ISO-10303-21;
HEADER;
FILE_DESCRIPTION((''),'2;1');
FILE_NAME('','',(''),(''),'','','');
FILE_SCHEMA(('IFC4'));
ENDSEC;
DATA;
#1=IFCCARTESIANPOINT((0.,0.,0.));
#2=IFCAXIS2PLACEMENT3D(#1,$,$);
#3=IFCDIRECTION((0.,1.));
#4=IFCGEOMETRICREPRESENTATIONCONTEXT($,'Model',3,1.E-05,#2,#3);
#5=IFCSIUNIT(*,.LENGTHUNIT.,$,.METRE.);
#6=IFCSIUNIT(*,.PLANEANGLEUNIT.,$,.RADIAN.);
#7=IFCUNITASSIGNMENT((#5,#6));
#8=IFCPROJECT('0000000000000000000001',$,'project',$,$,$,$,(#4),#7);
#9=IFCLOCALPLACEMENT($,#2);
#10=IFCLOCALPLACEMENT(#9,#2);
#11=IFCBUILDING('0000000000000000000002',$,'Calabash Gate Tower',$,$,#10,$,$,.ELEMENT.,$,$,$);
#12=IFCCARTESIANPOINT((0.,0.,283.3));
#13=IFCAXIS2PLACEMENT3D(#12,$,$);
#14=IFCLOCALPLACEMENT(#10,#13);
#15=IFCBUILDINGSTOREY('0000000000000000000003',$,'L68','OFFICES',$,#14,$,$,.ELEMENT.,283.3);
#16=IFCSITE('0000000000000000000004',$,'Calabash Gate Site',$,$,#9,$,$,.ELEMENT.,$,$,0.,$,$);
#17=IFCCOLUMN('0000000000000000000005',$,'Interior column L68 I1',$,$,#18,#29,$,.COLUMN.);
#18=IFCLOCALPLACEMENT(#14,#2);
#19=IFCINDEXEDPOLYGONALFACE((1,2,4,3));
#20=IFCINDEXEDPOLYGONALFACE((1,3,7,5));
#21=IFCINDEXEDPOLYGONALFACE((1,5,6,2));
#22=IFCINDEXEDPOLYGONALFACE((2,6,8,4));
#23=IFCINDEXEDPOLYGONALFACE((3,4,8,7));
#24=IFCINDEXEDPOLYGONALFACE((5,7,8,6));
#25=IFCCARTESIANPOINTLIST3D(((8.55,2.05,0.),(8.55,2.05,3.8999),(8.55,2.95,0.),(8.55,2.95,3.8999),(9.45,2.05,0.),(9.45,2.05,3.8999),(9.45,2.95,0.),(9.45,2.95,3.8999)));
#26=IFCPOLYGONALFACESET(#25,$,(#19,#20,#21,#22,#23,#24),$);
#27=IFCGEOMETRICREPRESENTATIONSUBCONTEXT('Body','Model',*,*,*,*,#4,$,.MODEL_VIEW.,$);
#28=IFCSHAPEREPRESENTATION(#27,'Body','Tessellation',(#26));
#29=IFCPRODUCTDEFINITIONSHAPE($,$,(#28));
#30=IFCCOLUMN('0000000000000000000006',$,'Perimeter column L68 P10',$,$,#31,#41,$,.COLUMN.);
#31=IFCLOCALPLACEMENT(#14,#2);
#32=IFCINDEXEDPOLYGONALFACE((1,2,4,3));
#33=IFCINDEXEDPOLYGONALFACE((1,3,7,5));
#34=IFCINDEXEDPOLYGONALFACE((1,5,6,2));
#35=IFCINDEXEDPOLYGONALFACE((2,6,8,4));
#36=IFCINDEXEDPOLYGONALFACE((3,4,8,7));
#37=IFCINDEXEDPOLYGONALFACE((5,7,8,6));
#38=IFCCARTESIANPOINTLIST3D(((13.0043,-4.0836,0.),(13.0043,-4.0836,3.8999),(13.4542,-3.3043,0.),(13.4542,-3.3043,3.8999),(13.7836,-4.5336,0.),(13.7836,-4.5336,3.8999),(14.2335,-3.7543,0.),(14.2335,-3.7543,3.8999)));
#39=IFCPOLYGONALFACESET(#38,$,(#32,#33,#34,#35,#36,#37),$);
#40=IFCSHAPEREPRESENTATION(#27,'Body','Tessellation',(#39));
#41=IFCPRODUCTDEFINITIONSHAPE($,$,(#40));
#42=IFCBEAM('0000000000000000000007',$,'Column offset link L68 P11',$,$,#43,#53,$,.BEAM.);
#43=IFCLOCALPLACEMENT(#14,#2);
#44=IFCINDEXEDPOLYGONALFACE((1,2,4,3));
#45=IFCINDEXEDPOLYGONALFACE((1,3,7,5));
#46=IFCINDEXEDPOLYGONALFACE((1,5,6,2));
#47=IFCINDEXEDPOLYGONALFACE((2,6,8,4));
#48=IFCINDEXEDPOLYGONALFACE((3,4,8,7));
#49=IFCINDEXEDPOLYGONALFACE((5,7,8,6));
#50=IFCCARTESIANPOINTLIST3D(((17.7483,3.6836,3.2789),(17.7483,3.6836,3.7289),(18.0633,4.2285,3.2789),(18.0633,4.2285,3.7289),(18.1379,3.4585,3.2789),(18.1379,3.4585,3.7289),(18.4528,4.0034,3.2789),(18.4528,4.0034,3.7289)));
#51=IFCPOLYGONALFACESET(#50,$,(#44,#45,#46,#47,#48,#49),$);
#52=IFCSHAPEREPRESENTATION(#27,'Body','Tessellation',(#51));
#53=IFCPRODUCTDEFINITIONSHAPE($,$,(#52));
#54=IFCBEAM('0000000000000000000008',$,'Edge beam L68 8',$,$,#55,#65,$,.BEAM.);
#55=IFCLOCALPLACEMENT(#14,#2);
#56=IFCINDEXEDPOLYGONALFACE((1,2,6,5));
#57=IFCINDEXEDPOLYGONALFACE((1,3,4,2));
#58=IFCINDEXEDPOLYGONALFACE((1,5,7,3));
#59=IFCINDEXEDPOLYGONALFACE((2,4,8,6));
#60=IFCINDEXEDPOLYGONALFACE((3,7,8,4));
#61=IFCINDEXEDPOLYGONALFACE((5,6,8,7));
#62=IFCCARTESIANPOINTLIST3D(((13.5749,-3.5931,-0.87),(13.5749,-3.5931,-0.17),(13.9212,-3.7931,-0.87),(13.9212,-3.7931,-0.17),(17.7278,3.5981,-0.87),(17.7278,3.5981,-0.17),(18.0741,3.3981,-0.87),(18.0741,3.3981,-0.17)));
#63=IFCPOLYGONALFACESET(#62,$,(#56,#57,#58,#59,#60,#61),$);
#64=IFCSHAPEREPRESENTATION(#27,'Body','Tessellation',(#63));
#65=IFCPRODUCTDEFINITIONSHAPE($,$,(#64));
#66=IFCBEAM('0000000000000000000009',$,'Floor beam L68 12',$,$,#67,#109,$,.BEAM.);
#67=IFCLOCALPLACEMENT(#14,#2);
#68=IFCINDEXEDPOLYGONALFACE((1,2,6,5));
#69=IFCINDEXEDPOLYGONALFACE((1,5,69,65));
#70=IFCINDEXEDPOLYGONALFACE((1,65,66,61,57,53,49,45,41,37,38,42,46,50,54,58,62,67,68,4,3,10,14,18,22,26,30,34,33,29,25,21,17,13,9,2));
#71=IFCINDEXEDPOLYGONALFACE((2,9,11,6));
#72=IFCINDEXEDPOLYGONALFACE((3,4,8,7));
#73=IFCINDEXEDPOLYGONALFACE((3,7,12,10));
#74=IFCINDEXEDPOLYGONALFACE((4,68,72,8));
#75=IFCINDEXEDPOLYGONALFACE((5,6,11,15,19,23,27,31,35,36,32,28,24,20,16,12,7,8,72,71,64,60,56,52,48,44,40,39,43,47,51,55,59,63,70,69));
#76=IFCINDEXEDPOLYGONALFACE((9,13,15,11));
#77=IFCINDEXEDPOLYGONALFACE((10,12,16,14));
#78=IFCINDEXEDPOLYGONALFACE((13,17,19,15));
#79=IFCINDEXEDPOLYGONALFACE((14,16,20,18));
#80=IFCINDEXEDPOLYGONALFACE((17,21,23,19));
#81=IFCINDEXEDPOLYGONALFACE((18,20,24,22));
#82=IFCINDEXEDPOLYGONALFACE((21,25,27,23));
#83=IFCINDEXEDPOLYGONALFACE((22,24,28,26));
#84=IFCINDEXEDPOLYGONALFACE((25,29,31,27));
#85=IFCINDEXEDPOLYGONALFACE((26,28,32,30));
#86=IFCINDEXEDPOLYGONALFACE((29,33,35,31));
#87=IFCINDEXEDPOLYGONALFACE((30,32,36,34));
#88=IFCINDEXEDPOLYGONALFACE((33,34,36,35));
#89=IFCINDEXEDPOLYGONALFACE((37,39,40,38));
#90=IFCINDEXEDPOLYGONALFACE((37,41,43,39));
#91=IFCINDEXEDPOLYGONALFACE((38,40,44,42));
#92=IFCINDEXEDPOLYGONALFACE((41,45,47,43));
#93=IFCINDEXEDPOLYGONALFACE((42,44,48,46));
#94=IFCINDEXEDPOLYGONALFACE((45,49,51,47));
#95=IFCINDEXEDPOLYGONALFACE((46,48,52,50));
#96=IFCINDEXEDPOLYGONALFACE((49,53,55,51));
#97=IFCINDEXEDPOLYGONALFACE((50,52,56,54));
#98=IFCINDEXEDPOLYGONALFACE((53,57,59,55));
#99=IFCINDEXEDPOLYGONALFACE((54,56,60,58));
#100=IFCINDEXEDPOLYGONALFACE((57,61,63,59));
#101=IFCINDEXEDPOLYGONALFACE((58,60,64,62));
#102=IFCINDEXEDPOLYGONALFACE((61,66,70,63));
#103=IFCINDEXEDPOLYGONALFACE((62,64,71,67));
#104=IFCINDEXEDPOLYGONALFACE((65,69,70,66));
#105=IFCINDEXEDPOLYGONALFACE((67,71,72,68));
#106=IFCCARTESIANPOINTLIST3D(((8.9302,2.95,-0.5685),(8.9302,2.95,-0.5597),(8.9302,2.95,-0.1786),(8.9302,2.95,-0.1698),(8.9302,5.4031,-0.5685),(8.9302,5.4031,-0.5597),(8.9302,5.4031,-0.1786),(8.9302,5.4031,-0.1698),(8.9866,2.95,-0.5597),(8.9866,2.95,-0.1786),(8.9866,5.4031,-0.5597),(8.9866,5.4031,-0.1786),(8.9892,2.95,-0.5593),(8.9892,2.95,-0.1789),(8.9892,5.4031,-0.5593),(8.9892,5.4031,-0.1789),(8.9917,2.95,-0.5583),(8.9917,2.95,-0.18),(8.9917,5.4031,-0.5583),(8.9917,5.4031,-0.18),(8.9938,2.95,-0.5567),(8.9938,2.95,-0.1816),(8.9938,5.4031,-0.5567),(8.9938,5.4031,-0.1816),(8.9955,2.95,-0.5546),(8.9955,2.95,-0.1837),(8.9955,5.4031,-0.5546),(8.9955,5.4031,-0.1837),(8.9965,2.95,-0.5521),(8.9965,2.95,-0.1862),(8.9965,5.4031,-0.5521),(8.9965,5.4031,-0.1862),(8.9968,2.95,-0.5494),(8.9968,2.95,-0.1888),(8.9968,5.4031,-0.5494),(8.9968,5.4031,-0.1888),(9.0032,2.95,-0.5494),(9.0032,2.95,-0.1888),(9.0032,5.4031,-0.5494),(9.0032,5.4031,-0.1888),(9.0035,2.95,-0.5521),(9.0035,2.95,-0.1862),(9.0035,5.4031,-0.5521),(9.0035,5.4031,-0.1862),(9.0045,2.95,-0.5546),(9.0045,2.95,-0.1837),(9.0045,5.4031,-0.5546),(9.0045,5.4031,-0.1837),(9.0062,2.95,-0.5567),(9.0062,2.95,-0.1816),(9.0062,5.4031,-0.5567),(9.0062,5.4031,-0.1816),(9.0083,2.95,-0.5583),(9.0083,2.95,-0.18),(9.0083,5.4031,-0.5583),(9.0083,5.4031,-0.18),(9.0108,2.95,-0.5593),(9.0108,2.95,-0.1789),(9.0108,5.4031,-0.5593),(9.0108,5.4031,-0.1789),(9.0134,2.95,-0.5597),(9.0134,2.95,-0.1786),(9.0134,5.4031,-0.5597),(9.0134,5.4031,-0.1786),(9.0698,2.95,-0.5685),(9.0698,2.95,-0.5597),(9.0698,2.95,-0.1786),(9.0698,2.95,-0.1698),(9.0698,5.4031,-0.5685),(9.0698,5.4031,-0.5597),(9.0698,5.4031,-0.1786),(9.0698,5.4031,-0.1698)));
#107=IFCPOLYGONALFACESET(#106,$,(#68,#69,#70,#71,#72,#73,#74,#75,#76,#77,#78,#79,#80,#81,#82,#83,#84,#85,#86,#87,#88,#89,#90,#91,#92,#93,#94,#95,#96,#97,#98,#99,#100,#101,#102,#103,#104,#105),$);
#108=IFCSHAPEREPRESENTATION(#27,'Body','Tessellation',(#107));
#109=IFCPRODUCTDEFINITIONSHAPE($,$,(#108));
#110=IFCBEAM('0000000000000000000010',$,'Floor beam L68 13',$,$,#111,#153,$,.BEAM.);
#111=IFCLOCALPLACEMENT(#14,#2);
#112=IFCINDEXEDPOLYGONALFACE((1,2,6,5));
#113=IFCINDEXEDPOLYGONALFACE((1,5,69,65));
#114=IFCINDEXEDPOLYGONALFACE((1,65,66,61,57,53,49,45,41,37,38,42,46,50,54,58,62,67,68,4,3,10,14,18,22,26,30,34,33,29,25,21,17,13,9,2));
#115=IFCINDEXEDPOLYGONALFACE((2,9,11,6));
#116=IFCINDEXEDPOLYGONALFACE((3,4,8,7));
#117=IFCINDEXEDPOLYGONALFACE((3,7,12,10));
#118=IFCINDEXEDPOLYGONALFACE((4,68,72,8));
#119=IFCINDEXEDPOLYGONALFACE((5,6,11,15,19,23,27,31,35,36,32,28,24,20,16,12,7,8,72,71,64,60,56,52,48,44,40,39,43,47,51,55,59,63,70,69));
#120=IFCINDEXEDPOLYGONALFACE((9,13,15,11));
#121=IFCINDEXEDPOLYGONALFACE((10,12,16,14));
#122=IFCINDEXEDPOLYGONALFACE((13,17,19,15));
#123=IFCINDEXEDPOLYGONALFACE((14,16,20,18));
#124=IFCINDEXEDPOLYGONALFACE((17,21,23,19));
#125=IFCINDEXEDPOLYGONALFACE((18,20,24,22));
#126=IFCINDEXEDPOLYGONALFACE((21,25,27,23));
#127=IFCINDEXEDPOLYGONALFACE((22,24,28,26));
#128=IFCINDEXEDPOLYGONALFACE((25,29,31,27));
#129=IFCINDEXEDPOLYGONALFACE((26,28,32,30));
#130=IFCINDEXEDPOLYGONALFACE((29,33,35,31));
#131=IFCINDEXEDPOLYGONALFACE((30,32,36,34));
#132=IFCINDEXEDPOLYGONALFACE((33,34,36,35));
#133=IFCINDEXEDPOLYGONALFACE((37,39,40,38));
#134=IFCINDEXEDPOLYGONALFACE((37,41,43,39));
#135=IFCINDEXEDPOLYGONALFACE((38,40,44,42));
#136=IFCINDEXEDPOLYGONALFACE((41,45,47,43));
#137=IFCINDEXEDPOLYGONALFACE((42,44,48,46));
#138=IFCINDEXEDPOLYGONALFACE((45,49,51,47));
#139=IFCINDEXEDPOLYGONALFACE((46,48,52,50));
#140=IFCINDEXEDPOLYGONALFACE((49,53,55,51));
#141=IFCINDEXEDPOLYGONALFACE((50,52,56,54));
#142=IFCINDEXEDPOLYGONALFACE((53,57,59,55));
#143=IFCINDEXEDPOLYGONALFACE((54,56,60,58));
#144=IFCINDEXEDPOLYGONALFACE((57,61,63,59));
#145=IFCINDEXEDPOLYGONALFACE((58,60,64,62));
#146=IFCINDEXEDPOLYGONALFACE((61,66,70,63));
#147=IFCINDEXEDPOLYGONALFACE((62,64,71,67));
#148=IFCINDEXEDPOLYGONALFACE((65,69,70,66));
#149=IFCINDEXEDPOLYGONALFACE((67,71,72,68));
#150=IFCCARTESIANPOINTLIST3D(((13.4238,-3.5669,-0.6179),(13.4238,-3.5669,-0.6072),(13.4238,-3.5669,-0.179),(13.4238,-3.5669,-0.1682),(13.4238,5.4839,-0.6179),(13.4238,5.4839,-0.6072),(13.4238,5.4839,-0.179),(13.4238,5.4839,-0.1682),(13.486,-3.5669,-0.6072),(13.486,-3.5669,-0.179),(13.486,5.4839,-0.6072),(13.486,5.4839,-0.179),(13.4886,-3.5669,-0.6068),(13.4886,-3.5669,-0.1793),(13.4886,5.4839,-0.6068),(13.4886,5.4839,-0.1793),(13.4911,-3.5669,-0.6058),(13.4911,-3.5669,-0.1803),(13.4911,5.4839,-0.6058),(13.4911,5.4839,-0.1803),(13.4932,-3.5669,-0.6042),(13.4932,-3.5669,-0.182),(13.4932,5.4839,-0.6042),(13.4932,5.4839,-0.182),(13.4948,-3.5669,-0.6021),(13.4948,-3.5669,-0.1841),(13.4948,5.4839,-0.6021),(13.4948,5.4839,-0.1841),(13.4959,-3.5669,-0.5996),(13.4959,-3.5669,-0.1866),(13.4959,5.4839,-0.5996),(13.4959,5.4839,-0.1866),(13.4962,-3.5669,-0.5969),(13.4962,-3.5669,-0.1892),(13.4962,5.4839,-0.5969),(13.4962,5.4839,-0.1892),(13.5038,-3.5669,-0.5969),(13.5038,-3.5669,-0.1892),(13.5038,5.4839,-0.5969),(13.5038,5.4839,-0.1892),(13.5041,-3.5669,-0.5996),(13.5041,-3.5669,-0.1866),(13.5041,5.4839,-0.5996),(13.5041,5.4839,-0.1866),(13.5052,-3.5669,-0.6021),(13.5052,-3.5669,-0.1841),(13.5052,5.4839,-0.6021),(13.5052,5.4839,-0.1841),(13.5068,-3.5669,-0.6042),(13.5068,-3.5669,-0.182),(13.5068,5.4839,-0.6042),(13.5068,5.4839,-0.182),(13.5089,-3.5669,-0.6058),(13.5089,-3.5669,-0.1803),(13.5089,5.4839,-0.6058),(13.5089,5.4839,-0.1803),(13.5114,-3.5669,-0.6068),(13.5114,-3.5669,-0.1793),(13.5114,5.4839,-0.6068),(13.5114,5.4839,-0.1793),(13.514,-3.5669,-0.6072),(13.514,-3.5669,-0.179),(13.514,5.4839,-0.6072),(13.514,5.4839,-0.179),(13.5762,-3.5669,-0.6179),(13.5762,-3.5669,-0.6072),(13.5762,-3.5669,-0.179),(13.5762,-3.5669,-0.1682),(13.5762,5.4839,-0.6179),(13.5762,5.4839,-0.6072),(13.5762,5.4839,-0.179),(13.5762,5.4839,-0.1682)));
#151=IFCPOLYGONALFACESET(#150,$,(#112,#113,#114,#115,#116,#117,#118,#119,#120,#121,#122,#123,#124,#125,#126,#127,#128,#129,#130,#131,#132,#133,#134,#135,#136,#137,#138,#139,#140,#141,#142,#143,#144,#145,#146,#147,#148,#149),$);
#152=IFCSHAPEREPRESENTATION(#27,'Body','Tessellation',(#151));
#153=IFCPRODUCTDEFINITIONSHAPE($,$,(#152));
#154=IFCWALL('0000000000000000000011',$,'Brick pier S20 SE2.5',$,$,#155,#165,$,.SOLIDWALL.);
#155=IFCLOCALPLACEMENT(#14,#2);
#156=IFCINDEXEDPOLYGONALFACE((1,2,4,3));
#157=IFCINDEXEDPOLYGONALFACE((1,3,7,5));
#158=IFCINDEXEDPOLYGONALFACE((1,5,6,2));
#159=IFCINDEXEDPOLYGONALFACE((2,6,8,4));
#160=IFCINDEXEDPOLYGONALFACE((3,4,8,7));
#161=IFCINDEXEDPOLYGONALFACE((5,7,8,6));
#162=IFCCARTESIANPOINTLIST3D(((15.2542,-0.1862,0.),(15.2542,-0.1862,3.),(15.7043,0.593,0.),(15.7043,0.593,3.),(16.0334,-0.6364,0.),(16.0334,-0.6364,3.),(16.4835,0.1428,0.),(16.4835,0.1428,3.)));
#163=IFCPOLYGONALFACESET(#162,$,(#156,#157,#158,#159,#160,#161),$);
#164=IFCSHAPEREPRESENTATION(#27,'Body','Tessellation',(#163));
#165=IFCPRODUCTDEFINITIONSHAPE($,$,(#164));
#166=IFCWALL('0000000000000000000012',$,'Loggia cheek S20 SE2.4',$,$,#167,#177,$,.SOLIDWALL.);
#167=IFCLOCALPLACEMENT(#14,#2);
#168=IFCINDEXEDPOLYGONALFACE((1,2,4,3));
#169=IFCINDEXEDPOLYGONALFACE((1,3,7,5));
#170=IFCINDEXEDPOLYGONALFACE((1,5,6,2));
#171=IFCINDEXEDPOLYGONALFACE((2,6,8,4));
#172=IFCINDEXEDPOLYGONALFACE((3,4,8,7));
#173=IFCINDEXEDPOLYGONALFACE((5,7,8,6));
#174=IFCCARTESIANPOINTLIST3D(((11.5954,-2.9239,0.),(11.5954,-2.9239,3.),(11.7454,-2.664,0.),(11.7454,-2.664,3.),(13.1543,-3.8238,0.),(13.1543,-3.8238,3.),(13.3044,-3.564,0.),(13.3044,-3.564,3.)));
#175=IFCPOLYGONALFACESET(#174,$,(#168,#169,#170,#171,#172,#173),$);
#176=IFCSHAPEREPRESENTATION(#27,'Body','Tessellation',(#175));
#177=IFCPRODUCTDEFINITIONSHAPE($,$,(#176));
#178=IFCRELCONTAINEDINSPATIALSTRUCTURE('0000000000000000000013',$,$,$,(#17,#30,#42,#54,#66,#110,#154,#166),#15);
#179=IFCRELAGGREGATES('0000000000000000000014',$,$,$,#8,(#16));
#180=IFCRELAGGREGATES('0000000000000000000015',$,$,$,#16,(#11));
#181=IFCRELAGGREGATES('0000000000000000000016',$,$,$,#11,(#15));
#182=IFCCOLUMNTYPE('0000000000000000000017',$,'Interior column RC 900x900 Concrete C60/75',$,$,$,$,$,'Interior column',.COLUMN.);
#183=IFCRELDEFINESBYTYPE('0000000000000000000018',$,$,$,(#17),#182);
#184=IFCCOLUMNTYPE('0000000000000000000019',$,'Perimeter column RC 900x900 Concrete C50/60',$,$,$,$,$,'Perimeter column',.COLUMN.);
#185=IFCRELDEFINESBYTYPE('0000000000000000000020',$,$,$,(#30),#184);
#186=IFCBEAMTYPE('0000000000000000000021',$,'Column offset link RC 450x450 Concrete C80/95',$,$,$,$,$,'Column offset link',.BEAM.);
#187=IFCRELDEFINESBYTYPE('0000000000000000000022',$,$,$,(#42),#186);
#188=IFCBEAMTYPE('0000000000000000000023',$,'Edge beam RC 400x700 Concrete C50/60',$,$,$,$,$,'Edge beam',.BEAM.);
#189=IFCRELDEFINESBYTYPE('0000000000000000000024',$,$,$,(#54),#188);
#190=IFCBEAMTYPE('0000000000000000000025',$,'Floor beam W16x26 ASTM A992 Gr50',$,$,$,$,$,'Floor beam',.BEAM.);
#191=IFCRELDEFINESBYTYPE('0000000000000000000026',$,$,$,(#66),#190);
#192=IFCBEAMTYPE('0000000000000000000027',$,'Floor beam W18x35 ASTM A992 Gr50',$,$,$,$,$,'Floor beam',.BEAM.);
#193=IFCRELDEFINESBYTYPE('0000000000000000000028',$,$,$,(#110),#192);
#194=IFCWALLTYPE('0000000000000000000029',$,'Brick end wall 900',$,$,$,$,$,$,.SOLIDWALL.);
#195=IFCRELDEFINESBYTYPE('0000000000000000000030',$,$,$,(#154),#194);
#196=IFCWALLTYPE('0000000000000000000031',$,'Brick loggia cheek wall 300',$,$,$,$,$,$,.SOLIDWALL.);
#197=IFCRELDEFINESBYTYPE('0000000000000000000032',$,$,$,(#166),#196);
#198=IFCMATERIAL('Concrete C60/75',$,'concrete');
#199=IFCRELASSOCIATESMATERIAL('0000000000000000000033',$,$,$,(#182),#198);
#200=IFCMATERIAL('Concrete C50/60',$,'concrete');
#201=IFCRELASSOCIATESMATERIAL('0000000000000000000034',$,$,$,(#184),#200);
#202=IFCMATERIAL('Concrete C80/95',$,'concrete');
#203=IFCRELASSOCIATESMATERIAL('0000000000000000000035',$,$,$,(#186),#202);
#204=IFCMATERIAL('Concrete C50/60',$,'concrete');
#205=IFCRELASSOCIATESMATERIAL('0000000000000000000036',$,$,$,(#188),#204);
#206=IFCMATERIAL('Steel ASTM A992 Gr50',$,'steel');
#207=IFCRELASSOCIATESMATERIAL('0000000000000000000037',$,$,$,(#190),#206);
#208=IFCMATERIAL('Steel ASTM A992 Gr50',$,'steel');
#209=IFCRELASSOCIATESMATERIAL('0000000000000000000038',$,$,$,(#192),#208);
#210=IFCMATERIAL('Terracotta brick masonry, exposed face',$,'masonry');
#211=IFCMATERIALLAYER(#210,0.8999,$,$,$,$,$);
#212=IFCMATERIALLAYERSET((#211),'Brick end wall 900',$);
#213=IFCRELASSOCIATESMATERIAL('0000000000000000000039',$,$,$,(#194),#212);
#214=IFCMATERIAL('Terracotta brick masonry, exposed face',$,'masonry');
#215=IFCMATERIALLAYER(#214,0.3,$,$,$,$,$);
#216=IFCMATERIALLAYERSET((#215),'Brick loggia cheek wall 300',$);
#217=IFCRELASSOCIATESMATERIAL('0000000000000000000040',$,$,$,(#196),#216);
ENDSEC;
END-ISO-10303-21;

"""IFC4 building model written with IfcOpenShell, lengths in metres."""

from ifc_helpers import new_model, si_unit, direction, frame, frame_2d, origin, origin_2d, place, context, subcontext, project, spatial, rectangle, i_section, extrude, material, layer, layer_set, material_profile, profile_set, type_object, element, save


model = new_model("IFC4")

# Units and contexts
model_context = context("Model", 3, precision=1e-05, world=origin(), true_north=direction((0.0, 1.0)))
body_context = subcontext(model_context, "Body", "Model", "MODEL_VIEW")
ifc_project = project(units=[si_unit("LENGTHUNIT", "METRE"), si_unit("PLANEANGLEUNIT", "RADIAN")], contexts=[model_context])

# Site, building, storey
site_placement = place(None, origin())
site = spatial("IfcSite", under=ifc_project, at=site_placement, Name="Calabash Gate Site", CompositionType="ELEMENT", RefElevation=0.0)
building_placement = place(site_placement, origin())
building = spatial("IfcBuilding", under=site, at=building_placement, Name="Calabash Gate Tower", CompositionType="ELEMENT")
storey_placement = place(building_placement, frame((0.0, 0.0, 283.3)))
storey = spatial("IfcBuildingStorey", under=building, at=storey_placement, Name="L68", Description="OFFICES", CompositionType="ELEMENT", Elevation=283.3)

# Columns
ifc_material_1 = material(Name="Concrete C60/75", Category="concrete")
ifc_material_profile_1 = material_profile(ifc_material_1, rectangle(XDim=0.8999, YDim=0.8999, at=origin_2d()))
ifc_profile_set_1 = profile_set([ifc_material_profile_1], Name="Concrete C60/75")
column_type_1 = type_object("IfcColumnType", Name="Interior column RC 900x900 Concrete C60/75", ElementType="Interior column", PredefinedType="COLUMN", material=ifc_profile_set_1)
column_1_placement = place(storey_placement, frame((9.0, 2.5, 0.0), z_axis=(0.0, 0.0, 1.0), x_axis=(1.0, 0.0, 0.0)))
element("IfcColumn", 1, at=column_1_placement, inside=storey, type_object=column_type_1, Name="Interior column L68 I1", PredefinedType="COLUMN", context=body_context, shape_type="SweptSolid", body=[
    extrude(rectangle(XDim=0.8999, YDim=0.8999, at=origin_2d()), origin(), (0.0, 0.0, 1.0), 3.8999),
])
ifc_material_2 = material(Name="Concrete C50/60", Category="concrete")
ifc_material_profile_2 = material_profile(ifc_material_2, rectangle(XDim=0.8999, YDim=0.8999, at=origin_2d()))
ifc_profile_set_2 = profile_set([ifc_material_profile_2], Name="Concrete C50/60")
column_type_2 = type_object("IfcColumnType", Name="Perimeter column RC 900x900 Concrete C50/60", ElementType="Perimeter column", PredefinedType="COLUMN", material=ifc_profile_set_2)
column_2_placement = place(storey_placement, frame((13.6189, -3.9189, 0.0), z_axis=(0.0, 0.0, 1.0), x_axis=(0.5, 0.866025, 0.0)))
element("IfcColumn", 2, at=column_2_placement, inside=storey, type_object=column_type_2, Name="Perimeter column L68 P10", PredefinedType="COLUMN", context=body_context, shape_type="SweptSolid", body=[
    extrude(rectangle(XDim=0.8999, YDim=0.8999, at=origin_2d()), origin(), (0.0, 0.0, 1.0), 3.8999),
])

# Beams
ifc_material_3 = material(Name="Concrete C80/95", Category="concrete")
ifc_material_profile_3 = material_profile(ifc_material_3, rectangle(XDim=0.45, YDim=0.45, at=origin_2d()))
ifc_profile_set_3 = profile_set([ifc_material_profile_3], Name="Concrete C80/95")
beam_type_1 = type_object("IfcBeamType", Name="Column offset link RC 450x450 Concrete C80/95", ElementType="Column offset link", PredefinedType="BEAM", material=ifc_profile_set_3)
beam_1_placement = place(storey_placement, frame((17.9431, 3.571, 3.5039), z_axis=(0.500394, 0.865798, 0.0), x_axis=(-0.865798, 0.500394, 0.0)))
element("IfcBeam", 3, at=beam_1_placement, inside=storey, type_object=beam_type_1, Name="Column offset link L68 P11", PredefinedType="BEAM", context=body_context, shape_type="SweptSolid", body=[
    extrude(rectangle(XDim=0.45, YDim=0.45, at=origin_2d()), origin(), (0.0, 0.0, 1.0), 0.6294),
])
ifc_material_4 = material(Name="Concrete C50/60", Category="concrete")
ifc_material_profile_4 = material_profile(ifc_material_4, rectangle(XDim=0.3999, YDim=0.7, at=origin_2d()))
ifc_profile_set_4 = profile_set([ifc_material_profile_4], Name="Concrete C50/60")
beam_type_2 = type_object("IfcBeamType", Name="Edge beam RC 400x700 Concrete C50/60", ElementType="Edge beam", PredefinedType="BEAM", material=ifc_profile_set_4)
beam_2_placement = place(storey_placement, frame((13.748, -3.6931, -0.52), z_axis=(0.500091, 0.865973, 0.0), x_axis=(-0.865973, 0.500091, 0.0)))
element("IfcBeam", 4, at=beam_2_placement, inside=storey, type_object=beam_type_2, Name="Edge beam L68 8", PredefinedType="BEAM", context=body_context, shape_type="SweptSolid", body=[
    extrude(rectangle(XDim=0.3999, YDim=0.7, at=origin_2d()), origin(), (0.0, 0.0, 1.0), 8.3042),
])
ifc_material_5 = material(Name="Steel ASTM A992 Gr50", Category="steel")
ifc_material_profile_5 = material_profile(ifc_material_5, i_section(OverallWidth=0.1396, OverallDepth=0.3987, WebThickness=0.0063, FlangeThickness=0.0088, FilletRadius=0.0103, at=origin_2d()))
ifc_profile_set_5 = profile_set([ifc_material_profile_5], Name="Steel ASTM A992 Gr50")
beam_type_3 = type_object("IfcBeamType", Name="Floor beam W16x26 ASTM A992 Gr50", ElementType="Floor beam", PredefinedType="BEAM", material=ifc_profile_set_5)
beam_3_placement = place(storey_placement, frame((9.0, 2.95, -0.3691), z_axis=(0.0, 1.0, 0.0), x_axis=(-1.0, 0.0, 0.0)))
element("IfcBeam", 5, at=beam_3_placement, inside=storey, type_object=beam_type_3, Name="Floor beam L68 12", PredefinedType="BEAM", context=body_context, shape_type="SweptSolid", body=[
    extrude(i_section(OverallWidth=0.1396, OverallDepth=0.3987, WebThickness=0.0063, FlangeThickness=0.0088, FilletRadius=0.0103, at=origin_2d()), origin(), (0.0, 0.0, 1.0), 2.4531),
])
ifc_material_6 = material(Name="Steel ASTM A992 Gr50", Category="steel")
ifc_material_profile_6 = material_profile(ifc_material_6, i_section(OverallWidth=0.1523, OverallDepth=0.4497, WebThickness=0.0076, FlangeThickness=0.0107, FilletRadius=0.0103, at=origin_2d()))
ifc_profile_set_6 = profile_set([ifc_material_profile_6], Name="Steel ASTM A992 Gr50")
beam_type_4 = type_object("IfcBeamType", Name="Floor beam W18x35 ASTM A992 Gr50", ElementType="Floor beam", PredefinedType="BEAM", material=ifc_profile_set_6)
beam_4_placement = place(storey_placement, frame((13.5, -3.5669, -0.3931), z_axis=(0.0, 1.0, 0.0), x_axis=(-1.0, 0.0, 0.0)))
element("IfcBeam", 6, at=beam_4_placement, inside=storey, type_object=beam_type_4, Name="Floor beam L68 13", PredefinedType="BEAM", context=body_context, shape_type="SweptSolid", body=[
    extrude(i_section(OverallWidth=0.1523, OverallDepth=0.4497, WebThickness=0.0076, FlangeThickness=0.0107, FilletRadius=0.0103, at=origin_2d()), origin(), (0.0, 0.0, 1.0), 9.0508),
])

# Walls
ifc_material_7 = material(Name="Terracotta brick masonry, exposed face", Category="masonry")
ifc_layer_1 = layer(ifc_material_7, 0.8999)
ifc_layer_set_1 = layer_set([ifc_layer_1], Name="Brick end wall 900")
wall_type_1 = type_object("IfcWallType", Name="Brick end wall 900", PredefinedType="SOLIDWALL", material=ifc_layer_set_1)
wall_1_placement = place(storey_placement, frame((15.4792, 0.2034, 0.0), z_axis=(0.0, 0.0, 1.0), x_axis=(0.865896, -0.500223, 0.0)))
element("IfcWall", 7, at=wall_1_placement, inside=storey, type_object=wall_type_1, Name="Brick pier S20 SE2.5", PredefinedType="SOLIDWALL", context=body_context, shape_type="SweptSolid", body=[
    extrude(rectangle(XDim=0.8999, YDim=0.8999, at=frame_2d((0.45, 0.0))), origin(), (0.0, 0.0, 1.0), 3.0),
])
ifc_material_8 = material(Name="Terracotta brick masonry, exposed face", Category="masonry")
ifc_layer_2 = layer(ifc_material_8, 0.3)
ifc_layer_set_2 = layer_set([ifc_layer_2], Name="Brick loggia cheek wall 300")
wall_type_2 = type_object("IfcWallType", Name="Brick loggia cheek wall 300", PredefinedType="SOLIDWALL", material=ifc_layer_set_2)
for number, where, z_axis, x_axis, name in (
    (8, (13.2292, -3.6938, 0.0), (0.0, 0.0, 1.0), (-0.866048, 0.499961, 0.0), "Loggia cheek S20 SE2.4"),
):
    element("IfcWall", number, at=place(storey_placement, frame(where, z_axis=z_axis, x_axis=x_axis)), inside=storey, type_object=wall_type_2, Name=name, PredefinedType="SOLIDWALL", context=body_context, shape_type="SweptSolid", body=[
        extrude(rectangle(XDim=1.8, YDim=0.3, at=frame_2d((0.8999, 0.0))), origin(), (0.0, 0.0, 1.0), 3.0),
    ])

save(model, "model.ifc")
